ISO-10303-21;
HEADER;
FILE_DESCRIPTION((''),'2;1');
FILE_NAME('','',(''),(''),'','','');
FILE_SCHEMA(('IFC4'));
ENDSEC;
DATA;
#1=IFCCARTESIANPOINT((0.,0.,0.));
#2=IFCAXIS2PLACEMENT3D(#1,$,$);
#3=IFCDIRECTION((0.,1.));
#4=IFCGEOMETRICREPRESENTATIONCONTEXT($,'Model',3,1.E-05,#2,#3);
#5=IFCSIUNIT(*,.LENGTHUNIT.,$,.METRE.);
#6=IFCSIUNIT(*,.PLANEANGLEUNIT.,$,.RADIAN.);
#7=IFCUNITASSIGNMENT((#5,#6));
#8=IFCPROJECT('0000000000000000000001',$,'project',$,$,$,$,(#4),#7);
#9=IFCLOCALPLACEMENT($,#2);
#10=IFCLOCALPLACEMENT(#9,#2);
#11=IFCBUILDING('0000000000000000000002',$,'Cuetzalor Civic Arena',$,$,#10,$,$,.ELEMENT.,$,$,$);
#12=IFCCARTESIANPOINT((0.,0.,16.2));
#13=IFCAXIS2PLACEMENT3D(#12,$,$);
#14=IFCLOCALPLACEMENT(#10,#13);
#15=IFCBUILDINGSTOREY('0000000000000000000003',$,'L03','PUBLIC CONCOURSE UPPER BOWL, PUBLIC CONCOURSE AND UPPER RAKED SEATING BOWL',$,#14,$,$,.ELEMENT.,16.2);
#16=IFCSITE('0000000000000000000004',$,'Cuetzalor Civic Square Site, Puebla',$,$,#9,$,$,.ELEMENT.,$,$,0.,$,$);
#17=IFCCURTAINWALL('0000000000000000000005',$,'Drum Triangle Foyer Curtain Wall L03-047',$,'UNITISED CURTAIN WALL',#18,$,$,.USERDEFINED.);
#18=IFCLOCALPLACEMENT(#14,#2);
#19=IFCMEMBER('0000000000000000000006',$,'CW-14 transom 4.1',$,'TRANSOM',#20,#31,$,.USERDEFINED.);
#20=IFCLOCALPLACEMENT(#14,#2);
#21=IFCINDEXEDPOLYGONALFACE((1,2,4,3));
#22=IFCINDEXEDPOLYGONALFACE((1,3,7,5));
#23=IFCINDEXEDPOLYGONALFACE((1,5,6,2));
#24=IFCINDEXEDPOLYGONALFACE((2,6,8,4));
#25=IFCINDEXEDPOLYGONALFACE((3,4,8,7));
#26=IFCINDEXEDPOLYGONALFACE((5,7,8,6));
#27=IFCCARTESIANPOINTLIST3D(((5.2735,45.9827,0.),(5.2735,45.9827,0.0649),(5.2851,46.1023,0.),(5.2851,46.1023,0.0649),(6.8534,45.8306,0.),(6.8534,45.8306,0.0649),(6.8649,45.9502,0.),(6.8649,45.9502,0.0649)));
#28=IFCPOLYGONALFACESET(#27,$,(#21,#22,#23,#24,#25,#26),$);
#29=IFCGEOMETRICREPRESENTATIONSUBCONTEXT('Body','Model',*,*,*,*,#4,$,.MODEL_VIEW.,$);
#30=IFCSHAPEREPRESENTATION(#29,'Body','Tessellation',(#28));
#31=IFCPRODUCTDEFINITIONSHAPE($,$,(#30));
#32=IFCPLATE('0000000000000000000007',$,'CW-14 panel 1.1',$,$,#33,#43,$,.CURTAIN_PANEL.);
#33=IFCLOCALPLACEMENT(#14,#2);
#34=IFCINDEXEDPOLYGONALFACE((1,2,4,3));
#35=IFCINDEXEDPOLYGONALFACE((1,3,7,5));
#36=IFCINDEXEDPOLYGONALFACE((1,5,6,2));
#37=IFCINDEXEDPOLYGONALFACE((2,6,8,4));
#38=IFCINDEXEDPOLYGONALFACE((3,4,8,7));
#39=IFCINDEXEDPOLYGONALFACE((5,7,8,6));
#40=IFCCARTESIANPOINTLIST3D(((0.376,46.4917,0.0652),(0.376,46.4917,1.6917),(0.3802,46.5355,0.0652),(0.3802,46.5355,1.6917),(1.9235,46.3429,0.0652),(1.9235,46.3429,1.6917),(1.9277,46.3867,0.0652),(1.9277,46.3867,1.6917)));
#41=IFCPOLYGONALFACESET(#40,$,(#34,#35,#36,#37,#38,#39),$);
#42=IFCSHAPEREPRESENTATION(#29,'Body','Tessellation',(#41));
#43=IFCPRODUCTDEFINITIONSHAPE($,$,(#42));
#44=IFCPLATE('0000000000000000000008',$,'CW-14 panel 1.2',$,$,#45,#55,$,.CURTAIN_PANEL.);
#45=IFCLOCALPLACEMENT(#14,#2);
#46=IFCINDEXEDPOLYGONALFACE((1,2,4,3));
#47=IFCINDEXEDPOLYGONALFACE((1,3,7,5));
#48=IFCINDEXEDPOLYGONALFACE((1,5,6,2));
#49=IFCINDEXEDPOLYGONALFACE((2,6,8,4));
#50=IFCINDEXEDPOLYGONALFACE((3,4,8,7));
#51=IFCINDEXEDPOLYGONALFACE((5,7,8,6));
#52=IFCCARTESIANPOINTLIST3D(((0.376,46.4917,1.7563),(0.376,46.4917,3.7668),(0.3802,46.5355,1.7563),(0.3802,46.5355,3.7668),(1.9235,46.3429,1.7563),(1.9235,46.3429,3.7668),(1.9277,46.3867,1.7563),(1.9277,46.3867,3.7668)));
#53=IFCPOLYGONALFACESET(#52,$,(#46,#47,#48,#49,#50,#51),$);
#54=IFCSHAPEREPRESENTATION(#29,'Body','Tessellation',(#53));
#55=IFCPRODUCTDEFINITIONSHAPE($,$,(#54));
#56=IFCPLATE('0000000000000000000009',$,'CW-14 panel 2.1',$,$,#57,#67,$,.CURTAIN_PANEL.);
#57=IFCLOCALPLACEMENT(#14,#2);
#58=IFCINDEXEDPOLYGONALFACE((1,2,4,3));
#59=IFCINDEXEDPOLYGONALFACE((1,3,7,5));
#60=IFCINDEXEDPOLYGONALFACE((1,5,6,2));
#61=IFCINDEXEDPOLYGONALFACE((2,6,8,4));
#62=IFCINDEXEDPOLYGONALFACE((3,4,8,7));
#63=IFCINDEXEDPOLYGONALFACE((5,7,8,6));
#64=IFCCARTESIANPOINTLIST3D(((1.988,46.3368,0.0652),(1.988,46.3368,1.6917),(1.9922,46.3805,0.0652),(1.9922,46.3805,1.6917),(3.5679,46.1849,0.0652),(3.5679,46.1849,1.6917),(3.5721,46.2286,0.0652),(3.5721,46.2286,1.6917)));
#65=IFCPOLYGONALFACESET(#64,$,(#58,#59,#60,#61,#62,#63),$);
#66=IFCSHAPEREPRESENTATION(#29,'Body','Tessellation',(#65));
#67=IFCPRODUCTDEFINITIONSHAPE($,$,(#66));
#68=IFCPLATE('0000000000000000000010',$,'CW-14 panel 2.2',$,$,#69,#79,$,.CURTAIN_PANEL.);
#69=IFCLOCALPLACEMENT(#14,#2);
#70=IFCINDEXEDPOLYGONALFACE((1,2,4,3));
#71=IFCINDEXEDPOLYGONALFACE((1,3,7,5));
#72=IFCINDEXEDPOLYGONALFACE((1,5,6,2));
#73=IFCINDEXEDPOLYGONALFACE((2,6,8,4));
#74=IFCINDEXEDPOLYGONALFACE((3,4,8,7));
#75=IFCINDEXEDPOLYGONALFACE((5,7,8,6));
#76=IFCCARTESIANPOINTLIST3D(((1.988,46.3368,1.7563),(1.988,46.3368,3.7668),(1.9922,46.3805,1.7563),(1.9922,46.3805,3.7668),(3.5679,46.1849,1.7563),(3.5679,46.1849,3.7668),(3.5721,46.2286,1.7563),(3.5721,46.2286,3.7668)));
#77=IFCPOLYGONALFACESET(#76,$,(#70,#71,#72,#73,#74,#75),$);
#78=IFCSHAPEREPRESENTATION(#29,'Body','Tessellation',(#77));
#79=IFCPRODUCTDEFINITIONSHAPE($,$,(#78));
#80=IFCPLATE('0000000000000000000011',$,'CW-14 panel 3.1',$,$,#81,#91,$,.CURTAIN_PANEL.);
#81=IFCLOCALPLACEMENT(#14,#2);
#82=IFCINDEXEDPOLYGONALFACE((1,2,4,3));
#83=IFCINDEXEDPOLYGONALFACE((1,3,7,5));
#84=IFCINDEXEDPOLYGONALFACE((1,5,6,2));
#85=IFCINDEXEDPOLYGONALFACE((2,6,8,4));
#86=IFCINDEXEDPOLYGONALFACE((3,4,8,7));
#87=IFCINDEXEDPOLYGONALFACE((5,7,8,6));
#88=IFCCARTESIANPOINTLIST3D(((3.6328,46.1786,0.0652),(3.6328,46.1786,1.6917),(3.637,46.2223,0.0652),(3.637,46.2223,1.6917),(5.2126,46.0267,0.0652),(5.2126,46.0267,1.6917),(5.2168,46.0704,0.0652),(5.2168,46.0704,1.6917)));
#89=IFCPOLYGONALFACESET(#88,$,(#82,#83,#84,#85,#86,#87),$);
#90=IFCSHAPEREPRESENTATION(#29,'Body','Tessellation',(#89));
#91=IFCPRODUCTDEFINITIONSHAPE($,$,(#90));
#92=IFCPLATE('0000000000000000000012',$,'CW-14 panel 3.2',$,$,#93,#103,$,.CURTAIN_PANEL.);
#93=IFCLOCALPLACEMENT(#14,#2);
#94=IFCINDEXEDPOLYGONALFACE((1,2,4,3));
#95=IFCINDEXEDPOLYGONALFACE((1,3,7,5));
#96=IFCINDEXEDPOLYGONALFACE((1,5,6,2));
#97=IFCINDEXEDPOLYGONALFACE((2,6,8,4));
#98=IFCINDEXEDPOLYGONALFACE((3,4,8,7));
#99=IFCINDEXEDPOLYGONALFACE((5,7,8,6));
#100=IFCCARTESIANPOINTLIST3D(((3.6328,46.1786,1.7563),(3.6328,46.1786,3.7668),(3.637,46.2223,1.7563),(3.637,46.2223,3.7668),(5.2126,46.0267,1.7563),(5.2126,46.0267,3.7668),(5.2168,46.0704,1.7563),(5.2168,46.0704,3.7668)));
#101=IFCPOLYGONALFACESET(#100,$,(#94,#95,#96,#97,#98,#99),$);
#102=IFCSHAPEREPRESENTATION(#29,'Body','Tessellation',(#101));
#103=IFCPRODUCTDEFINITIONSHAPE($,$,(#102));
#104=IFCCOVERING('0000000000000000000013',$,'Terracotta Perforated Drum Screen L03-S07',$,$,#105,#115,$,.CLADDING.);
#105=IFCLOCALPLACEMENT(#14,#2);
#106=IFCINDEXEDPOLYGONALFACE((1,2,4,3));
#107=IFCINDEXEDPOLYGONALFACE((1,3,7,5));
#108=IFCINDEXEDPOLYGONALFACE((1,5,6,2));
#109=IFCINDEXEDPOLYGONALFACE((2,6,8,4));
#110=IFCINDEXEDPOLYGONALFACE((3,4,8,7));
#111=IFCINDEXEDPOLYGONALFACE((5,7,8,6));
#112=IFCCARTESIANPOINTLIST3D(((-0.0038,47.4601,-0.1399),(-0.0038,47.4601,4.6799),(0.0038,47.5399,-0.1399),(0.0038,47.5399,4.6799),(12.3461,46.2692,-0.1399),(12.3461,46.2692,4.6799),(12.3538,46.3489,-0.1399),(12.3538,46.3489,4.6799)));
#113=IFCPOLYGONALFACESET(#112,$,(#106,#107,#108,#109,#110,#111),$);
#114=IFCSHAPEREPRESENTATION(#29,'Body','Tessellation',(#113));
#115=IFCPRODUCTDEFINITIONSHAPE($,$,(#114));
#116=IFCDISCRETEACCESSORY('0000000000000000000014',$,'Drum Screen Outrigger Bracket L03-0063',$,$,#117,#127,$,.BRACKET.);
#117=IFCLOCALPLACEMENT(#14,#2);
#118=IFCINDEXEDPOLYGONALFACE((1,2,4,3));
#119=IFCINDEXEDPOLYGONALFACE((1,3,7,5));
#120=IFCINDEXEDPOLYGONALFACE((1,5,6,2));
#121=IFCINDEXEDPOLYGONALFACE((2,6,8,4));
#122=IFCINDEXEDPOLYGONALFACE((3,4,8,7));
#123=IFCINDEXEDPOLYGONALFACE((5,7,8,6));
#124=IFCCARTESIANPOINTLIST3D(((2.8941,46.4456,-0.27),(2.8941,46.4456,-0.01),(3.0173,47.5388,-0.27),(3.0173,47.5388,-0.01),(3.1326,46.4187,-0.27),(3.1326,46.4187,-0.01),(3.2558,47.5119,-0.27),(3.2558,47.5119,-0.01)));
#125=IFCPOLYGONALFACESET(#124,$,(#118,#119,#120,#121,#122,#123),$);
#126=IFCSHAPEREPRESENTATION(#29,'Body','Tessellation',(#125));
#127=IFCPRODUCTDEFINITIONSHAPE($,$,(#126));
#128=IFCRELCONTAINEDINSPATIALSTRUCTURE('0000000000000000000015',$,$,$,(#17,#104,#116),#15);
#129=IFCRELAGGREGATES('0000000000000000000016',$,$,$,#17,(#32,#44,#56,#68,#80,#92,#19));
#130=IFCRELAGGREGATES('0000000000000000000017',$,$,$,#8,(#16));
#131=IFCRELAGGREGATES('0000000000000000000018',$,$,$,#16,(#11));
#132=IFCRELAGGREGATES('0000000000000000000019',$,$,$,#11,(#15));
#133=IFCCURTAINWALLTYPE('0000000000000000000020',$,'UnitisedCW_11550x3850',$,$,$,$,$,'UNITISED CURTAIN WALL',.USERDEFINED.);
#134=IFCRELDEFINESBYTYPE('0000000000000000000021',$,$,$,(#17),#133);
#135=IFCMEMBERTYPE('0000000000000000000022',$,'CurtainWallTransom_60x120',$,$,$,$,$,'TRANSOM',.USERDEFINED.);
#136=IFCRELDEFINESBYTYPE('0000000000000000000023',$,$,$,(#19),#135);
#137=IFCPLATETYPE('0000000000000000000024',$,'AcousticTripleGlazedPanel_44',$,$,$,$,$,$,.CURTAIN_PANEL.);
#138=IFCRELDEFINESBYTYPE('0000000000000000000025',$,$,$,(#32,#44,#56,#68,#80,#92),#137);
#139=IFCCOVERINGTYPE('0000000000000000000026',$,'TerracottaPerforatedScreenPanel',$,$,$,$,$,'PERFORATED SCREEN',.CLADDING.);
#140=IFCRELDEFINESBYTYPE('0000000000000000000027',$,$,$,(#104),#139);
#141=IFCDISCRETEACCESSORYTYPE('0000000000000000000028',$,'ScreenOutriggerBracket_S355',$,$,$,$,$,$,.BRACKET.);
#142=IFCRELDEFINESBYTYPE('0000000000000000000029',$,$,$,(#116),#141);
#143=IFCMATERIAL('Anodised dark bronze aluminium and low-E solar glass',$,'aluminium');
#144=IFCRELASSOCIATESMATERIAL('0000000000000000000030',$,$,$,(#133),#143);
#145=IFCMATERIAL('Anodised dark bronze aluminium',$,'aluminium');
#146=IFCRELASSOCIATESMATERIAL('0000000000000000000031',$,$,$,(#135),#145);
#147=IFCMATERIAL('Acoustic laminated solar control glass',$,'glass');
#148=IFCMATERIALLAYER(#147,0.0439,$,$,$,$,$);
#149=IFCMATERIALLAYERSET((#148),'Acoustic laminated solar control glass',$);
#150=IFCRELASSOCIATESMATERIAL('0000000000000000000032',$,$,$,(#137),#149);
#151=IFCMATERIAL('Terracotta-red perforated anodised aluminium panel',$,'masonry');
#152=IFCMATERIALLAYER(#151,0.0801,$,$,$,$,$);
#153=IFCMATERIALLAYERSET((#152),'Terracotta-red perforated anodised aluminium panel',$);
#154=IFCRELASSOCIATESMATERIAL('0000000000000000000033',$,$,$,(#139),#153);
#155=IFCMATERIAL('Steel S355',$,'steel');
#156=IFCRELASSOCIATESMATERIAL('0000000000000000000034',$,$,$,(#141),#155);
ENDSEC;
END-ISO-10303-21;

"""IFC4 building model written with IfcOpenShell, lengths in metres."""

from ifc_helpers import new_model, si_unit, direction, frame, frame_2d, origin, origin_2d, place, context, subcontext, project, spatial, rectangle, extrude, material, layer, layer_set, material_profile, profile_set, type_object, element, aggregate, save


model = new_model("IFC4")

# Units and contexts
model_context = context("Model", 3, precision=1e-05, world=origin(), true_north=direction((0.0, 1.0)))
body_context = subcontext(model_context, "Body", "Model", "MODEL_VIEW")
ifc_project = project(units=[si_unit("LENGTHUNIT", "METRE"), si_unit("PLANEANGLEUNIT", "RADIAN")], contexts=[model_context])

# Site, building, storey
site_placement = place(None, origin())
site = spatial("IfcSite", under=ifc_project, at=site_placement, Name="Cuetzalor Civic Square Site, Puebla", CompositionType="ELEMENT", RefElevation=0.0)
building_placement = place(site_placement, origin())
building = spatial("IfcBuilding", under=site, at=building_placement, Name="Cuetzalor Civic Arena", CompositionType="ELEMENT")
storey_placement = place(building_placement, frame((0.0, 0.0, 16.2)))
storey = spatial("IfcBuildingStorey", under=building, at=storey_placement, Name="L03", Description="PUBLIC CONCOURSE UPPER BOWL, PUBLIC CONCOURSE AND UPPER RAKED SEATING BOWL", CompositionType="ELEMENT", Elevation=16.2)

# Curtain wall, member, plates
ifc_material_1 = material(Name="Anodised dark bronze aluminium and low-E solar glass", Category="aluminium")
curtain_wall_type = type_object("IfcCurtainWallType", Name="UnitisedCW_11550x3850", ElementType="UNITISED CURTAIN WALL", PredefinedType="USERDEFINED", material=ifc_material_1)
curtain_wall_placement = place(storey_placement, origin())
curtain_wall = element("IfcCurtainWall", 1, at=curtain_wall_placement, inside=storey, type_object=curtain_wall_type, Name="Drum Triangle Foyer Curtain Wall L03-047", ObjectType="UNITISED CURTAIN WALL", PredefinedType="USERDEFINED")
ifc_material_2 = material(Name="Anodised dark bronze aluminium", Category="aluminium")
ifc_material_profile_1 = material_profile(ifc_material_2, rectangle(XDim=0.1201, YDim=0.0649, at=origin_2d()), Name="ALU TRANSOM 65x120")
ifc_profile_set_1 = profile_set([ifc_material_profile_1], Name="Anodised dark bronze aluminium")
member_type_1 = type_object("IfcMemberType", Name="CurtainWallTransom_60x120", ElementType="TRANSOM", PredefinedType="USERDEFINED", material=ifc_profile_set_1)
member_1_placement = place(storey_placement, frame((5.2793, 46.0425, 0.0325), z_axis=(0.995397, -0.095833, 0.0), x_axis=(0.095833, 0.995397, 0.0)))
member_1 = element("IfcMember", 2, at=member_1_placement, type_object=member_type_1, Name="CW-14 transom 4.1", ObjectType="TRANSOM", PredefinedType="USERDEFINED", context=body_context, shape_type="SweptSolid", body=[
    extrude(rectangle(XDim=0.1201, YDim=0.0649, at=origin_2d()), origin(), (0.0, 0.0, 1.0), 1.5872),
])
ifc_material_3 = material(Name="Acoustic laminated solar control glass", Category="glass")
ifc_layer_1 = layer(ifc_material_3, 0.0439)
ifc_layer_set_1 = layer_set([ifc_layer_1], Name="Acoustic laminated solar control glass")
plate_type = type_object("IfcPlateType", Name="AcousticTripleGlazedPanel_44", PredefinedType="CURTAIN_PANEL", material=ifc_layer_set_1)
plate_1_placement = place(storey_placement, frame((1.1519, 46.4392, 0.0652), z_axis=(0.0, 0.0, 1.0), x_axis=(0.995409, -0.095711, 0.0)))
plate_1 = element("IfcPlate", 3, at=plate_1_placement, type_object=plate_type, Name="CW-14 panel 1.1", PredefinedType="CURTAIN_PANEL", context=body_context, shape_type="SweptSolid", body=[
    extrude(rectangle(XDim=1.5547, YDim=0.0439, at=origin_2d()), origin(), (0.0, 0.0, 1.0), 1.6265),
])
plate_2_placement = place(storey_placement, frame((1.1519, 46.4392, 1.7563), z_axis=(0.0, 0.0, 1.0), x_axis=(0.995409, -0.095711, 0.0)))
plate_2 = element("IfcPlate", 4, at=plate_2_placement, type_object=plate_type, Name="CW-14 panel 1.2", PredefinedType="CURTAIN_PANEL", context=body_context, shape_type="SweptSolid", body=[
    extrude(rectangle(XDim=1.5547, YDim=0.0439, at=origin_2d()), origin(), (0.0, 0.0, 1.0), 2.0105),
])
plate_3_placement = place(storey_placement, frame((2.78, 46.2827, 0.0652), z_axis=(0.0, 0.0, 1.0), x_axis=(0.995409, -0.095711, 0.0)))
plate_3 = element("IfcPlate", 5, at=plate_3_placement, type_object=plate_type, Name="CW-14 panel 2.1", PredefinedType="CURTAIN_PANEL", context=body_context, shape_type="SweptSolid", body=[
    extrude(rectangle(XDim=1.5872, YDim=0.0439, at=origin_2d()), origin(), (0.0, 0.0, 1.0), 1.6265),
])
plate_4_placement = place(storey_placement, frame((2.78, 46.2827, 1.7563), z_axis=(0.0, 0.0, 1.0), x_axis=(0.995409, -0.095711, 0.0)))
plate_4 = element("IfcPlate", 6, at=plate_4_placement, type_object=plate_type, Name="CW-14 panel 2.2", PredefinedType="CURTAIN_PANEL", context=body_context, shape_type="SweptSolid", body=[
    extrude(rectangle(XDim=1.5872, YDim=0.0439, at=origin_2d()), origin(), (0.0, 0.0, 1.0), 2.0105),
])
plate_5_placement = place(storey_placement, frame((4.4248, 46.1245, 0.0652), z_axis=(0.0, 0.0, 1.0), x_axis=(0.995409, -0.095711, 0.0)))
plate_5 = element("IfcPlate", 7, at=plate_5_placement, type_object=plate_type, Name="CW-14 panel 3.1", PredefinedType="CURTAIN_PANEL", context=body_context, shape_type="SweptSolid", body=[
    extrude(rectangle(XDim=1.5872, YDim=0.0439, at=origin_2d()), origin(), (0.0, 0.0, 1.0), 1.6265),
])
plate_6_placement = place(storey_placement, frame((4.4248, 46.1245, 1.7563), z_axis=(0.0, 0.0, 1.0), x_axis=(0.995409, -0.095711, 0.0)))
plate_6 = element("IfcPlate", 8, at=plate_6_placement, type_object=plate_type, Name="CW-14 panel 3.2", PredefinedType="CURTAIN_PANEL", context=body_context, shape_type="SweptSolid", body=[
    extrude(rectangle(XDim=1.5872, YDim=0.0439, at=origin_2d()), origin(), (0.0, 0.0, 1.0), 2.0105),
])
aggregate(curtain_wall, [plate_1, plate_2, plate_3, plate_4, plate_5, plate_6, member_1])

# Covering
ifc_material_4 = material(Name="Terracotta-red perforated anodised aluminium panel", Category="masonry")
ifc_layer_2 = layer(ifc_material_4, 0.0801)
ifc_layer_set_2 = layer_set([ifc_layer_2], Name="Terracotta-red perforated anodised aluminium panel")
covering_type = type_object("IfcCoveringType", Name="TerracottaPerforatedScreenPanel", ElementType="PERFORATED SCREEN", PredefinedType="CLADDING", material=ifc_layer_set_2)
covering_placement = place(storey_placement, frame((0.0, 47.5, -0.1399), z_axis=(0.0, 0.0, 1.0), x_axis=(0.995383, -0.095986, 0.0)))
element("IfcCovering", 9, at=covering_placement, inside=storey, type_object=covering_type, Name="Terracotta Perforated Drum Screen L03-S07", PredefinedType="CLADDING", context=body_context, shape_type="SweptSolid", body=[
    extrude(rectangle(XDim=12.4072, YDim=0.0801, at=frame_2d((6.2036, 0.0))), origin(), (0.0, 0.0, 1.0), 4.8198),
])

# Discrete accessory
ifc_material_5 = material(Name="Steel S355", Category="steel")
discrete_accessory_type = type_object("IfcDiscreteAccessoryType", Name="ScreenOutriggerBracket_S355", PredefinedType="BRACKET", material=ifc_material_5)
discrete_accessory_placement = place(storey_placement, frame((3.075, 46.9788, -0.27), z_axis=(0.0, 0.0, 1.0), x_axis=(0.111989, 0.993709, 0.0)))
element("IfcDiscreteAccessory", 10, at=discrete_accessory_placement, inside=storey, type_object=discrete_accessory_type, Name="Drum Screen Outrigger Bracket L03-0063", PredefinedType="BRACKET", context=body_context, shape_type="SweptSolid", body=[
    extrude(rectangle(XDim=1.1001, YDim=0.24, at=origin_2d()), origin(), (0.0, 0.0, 1.0), 0.26),
])

save(model, "model.ifc")
